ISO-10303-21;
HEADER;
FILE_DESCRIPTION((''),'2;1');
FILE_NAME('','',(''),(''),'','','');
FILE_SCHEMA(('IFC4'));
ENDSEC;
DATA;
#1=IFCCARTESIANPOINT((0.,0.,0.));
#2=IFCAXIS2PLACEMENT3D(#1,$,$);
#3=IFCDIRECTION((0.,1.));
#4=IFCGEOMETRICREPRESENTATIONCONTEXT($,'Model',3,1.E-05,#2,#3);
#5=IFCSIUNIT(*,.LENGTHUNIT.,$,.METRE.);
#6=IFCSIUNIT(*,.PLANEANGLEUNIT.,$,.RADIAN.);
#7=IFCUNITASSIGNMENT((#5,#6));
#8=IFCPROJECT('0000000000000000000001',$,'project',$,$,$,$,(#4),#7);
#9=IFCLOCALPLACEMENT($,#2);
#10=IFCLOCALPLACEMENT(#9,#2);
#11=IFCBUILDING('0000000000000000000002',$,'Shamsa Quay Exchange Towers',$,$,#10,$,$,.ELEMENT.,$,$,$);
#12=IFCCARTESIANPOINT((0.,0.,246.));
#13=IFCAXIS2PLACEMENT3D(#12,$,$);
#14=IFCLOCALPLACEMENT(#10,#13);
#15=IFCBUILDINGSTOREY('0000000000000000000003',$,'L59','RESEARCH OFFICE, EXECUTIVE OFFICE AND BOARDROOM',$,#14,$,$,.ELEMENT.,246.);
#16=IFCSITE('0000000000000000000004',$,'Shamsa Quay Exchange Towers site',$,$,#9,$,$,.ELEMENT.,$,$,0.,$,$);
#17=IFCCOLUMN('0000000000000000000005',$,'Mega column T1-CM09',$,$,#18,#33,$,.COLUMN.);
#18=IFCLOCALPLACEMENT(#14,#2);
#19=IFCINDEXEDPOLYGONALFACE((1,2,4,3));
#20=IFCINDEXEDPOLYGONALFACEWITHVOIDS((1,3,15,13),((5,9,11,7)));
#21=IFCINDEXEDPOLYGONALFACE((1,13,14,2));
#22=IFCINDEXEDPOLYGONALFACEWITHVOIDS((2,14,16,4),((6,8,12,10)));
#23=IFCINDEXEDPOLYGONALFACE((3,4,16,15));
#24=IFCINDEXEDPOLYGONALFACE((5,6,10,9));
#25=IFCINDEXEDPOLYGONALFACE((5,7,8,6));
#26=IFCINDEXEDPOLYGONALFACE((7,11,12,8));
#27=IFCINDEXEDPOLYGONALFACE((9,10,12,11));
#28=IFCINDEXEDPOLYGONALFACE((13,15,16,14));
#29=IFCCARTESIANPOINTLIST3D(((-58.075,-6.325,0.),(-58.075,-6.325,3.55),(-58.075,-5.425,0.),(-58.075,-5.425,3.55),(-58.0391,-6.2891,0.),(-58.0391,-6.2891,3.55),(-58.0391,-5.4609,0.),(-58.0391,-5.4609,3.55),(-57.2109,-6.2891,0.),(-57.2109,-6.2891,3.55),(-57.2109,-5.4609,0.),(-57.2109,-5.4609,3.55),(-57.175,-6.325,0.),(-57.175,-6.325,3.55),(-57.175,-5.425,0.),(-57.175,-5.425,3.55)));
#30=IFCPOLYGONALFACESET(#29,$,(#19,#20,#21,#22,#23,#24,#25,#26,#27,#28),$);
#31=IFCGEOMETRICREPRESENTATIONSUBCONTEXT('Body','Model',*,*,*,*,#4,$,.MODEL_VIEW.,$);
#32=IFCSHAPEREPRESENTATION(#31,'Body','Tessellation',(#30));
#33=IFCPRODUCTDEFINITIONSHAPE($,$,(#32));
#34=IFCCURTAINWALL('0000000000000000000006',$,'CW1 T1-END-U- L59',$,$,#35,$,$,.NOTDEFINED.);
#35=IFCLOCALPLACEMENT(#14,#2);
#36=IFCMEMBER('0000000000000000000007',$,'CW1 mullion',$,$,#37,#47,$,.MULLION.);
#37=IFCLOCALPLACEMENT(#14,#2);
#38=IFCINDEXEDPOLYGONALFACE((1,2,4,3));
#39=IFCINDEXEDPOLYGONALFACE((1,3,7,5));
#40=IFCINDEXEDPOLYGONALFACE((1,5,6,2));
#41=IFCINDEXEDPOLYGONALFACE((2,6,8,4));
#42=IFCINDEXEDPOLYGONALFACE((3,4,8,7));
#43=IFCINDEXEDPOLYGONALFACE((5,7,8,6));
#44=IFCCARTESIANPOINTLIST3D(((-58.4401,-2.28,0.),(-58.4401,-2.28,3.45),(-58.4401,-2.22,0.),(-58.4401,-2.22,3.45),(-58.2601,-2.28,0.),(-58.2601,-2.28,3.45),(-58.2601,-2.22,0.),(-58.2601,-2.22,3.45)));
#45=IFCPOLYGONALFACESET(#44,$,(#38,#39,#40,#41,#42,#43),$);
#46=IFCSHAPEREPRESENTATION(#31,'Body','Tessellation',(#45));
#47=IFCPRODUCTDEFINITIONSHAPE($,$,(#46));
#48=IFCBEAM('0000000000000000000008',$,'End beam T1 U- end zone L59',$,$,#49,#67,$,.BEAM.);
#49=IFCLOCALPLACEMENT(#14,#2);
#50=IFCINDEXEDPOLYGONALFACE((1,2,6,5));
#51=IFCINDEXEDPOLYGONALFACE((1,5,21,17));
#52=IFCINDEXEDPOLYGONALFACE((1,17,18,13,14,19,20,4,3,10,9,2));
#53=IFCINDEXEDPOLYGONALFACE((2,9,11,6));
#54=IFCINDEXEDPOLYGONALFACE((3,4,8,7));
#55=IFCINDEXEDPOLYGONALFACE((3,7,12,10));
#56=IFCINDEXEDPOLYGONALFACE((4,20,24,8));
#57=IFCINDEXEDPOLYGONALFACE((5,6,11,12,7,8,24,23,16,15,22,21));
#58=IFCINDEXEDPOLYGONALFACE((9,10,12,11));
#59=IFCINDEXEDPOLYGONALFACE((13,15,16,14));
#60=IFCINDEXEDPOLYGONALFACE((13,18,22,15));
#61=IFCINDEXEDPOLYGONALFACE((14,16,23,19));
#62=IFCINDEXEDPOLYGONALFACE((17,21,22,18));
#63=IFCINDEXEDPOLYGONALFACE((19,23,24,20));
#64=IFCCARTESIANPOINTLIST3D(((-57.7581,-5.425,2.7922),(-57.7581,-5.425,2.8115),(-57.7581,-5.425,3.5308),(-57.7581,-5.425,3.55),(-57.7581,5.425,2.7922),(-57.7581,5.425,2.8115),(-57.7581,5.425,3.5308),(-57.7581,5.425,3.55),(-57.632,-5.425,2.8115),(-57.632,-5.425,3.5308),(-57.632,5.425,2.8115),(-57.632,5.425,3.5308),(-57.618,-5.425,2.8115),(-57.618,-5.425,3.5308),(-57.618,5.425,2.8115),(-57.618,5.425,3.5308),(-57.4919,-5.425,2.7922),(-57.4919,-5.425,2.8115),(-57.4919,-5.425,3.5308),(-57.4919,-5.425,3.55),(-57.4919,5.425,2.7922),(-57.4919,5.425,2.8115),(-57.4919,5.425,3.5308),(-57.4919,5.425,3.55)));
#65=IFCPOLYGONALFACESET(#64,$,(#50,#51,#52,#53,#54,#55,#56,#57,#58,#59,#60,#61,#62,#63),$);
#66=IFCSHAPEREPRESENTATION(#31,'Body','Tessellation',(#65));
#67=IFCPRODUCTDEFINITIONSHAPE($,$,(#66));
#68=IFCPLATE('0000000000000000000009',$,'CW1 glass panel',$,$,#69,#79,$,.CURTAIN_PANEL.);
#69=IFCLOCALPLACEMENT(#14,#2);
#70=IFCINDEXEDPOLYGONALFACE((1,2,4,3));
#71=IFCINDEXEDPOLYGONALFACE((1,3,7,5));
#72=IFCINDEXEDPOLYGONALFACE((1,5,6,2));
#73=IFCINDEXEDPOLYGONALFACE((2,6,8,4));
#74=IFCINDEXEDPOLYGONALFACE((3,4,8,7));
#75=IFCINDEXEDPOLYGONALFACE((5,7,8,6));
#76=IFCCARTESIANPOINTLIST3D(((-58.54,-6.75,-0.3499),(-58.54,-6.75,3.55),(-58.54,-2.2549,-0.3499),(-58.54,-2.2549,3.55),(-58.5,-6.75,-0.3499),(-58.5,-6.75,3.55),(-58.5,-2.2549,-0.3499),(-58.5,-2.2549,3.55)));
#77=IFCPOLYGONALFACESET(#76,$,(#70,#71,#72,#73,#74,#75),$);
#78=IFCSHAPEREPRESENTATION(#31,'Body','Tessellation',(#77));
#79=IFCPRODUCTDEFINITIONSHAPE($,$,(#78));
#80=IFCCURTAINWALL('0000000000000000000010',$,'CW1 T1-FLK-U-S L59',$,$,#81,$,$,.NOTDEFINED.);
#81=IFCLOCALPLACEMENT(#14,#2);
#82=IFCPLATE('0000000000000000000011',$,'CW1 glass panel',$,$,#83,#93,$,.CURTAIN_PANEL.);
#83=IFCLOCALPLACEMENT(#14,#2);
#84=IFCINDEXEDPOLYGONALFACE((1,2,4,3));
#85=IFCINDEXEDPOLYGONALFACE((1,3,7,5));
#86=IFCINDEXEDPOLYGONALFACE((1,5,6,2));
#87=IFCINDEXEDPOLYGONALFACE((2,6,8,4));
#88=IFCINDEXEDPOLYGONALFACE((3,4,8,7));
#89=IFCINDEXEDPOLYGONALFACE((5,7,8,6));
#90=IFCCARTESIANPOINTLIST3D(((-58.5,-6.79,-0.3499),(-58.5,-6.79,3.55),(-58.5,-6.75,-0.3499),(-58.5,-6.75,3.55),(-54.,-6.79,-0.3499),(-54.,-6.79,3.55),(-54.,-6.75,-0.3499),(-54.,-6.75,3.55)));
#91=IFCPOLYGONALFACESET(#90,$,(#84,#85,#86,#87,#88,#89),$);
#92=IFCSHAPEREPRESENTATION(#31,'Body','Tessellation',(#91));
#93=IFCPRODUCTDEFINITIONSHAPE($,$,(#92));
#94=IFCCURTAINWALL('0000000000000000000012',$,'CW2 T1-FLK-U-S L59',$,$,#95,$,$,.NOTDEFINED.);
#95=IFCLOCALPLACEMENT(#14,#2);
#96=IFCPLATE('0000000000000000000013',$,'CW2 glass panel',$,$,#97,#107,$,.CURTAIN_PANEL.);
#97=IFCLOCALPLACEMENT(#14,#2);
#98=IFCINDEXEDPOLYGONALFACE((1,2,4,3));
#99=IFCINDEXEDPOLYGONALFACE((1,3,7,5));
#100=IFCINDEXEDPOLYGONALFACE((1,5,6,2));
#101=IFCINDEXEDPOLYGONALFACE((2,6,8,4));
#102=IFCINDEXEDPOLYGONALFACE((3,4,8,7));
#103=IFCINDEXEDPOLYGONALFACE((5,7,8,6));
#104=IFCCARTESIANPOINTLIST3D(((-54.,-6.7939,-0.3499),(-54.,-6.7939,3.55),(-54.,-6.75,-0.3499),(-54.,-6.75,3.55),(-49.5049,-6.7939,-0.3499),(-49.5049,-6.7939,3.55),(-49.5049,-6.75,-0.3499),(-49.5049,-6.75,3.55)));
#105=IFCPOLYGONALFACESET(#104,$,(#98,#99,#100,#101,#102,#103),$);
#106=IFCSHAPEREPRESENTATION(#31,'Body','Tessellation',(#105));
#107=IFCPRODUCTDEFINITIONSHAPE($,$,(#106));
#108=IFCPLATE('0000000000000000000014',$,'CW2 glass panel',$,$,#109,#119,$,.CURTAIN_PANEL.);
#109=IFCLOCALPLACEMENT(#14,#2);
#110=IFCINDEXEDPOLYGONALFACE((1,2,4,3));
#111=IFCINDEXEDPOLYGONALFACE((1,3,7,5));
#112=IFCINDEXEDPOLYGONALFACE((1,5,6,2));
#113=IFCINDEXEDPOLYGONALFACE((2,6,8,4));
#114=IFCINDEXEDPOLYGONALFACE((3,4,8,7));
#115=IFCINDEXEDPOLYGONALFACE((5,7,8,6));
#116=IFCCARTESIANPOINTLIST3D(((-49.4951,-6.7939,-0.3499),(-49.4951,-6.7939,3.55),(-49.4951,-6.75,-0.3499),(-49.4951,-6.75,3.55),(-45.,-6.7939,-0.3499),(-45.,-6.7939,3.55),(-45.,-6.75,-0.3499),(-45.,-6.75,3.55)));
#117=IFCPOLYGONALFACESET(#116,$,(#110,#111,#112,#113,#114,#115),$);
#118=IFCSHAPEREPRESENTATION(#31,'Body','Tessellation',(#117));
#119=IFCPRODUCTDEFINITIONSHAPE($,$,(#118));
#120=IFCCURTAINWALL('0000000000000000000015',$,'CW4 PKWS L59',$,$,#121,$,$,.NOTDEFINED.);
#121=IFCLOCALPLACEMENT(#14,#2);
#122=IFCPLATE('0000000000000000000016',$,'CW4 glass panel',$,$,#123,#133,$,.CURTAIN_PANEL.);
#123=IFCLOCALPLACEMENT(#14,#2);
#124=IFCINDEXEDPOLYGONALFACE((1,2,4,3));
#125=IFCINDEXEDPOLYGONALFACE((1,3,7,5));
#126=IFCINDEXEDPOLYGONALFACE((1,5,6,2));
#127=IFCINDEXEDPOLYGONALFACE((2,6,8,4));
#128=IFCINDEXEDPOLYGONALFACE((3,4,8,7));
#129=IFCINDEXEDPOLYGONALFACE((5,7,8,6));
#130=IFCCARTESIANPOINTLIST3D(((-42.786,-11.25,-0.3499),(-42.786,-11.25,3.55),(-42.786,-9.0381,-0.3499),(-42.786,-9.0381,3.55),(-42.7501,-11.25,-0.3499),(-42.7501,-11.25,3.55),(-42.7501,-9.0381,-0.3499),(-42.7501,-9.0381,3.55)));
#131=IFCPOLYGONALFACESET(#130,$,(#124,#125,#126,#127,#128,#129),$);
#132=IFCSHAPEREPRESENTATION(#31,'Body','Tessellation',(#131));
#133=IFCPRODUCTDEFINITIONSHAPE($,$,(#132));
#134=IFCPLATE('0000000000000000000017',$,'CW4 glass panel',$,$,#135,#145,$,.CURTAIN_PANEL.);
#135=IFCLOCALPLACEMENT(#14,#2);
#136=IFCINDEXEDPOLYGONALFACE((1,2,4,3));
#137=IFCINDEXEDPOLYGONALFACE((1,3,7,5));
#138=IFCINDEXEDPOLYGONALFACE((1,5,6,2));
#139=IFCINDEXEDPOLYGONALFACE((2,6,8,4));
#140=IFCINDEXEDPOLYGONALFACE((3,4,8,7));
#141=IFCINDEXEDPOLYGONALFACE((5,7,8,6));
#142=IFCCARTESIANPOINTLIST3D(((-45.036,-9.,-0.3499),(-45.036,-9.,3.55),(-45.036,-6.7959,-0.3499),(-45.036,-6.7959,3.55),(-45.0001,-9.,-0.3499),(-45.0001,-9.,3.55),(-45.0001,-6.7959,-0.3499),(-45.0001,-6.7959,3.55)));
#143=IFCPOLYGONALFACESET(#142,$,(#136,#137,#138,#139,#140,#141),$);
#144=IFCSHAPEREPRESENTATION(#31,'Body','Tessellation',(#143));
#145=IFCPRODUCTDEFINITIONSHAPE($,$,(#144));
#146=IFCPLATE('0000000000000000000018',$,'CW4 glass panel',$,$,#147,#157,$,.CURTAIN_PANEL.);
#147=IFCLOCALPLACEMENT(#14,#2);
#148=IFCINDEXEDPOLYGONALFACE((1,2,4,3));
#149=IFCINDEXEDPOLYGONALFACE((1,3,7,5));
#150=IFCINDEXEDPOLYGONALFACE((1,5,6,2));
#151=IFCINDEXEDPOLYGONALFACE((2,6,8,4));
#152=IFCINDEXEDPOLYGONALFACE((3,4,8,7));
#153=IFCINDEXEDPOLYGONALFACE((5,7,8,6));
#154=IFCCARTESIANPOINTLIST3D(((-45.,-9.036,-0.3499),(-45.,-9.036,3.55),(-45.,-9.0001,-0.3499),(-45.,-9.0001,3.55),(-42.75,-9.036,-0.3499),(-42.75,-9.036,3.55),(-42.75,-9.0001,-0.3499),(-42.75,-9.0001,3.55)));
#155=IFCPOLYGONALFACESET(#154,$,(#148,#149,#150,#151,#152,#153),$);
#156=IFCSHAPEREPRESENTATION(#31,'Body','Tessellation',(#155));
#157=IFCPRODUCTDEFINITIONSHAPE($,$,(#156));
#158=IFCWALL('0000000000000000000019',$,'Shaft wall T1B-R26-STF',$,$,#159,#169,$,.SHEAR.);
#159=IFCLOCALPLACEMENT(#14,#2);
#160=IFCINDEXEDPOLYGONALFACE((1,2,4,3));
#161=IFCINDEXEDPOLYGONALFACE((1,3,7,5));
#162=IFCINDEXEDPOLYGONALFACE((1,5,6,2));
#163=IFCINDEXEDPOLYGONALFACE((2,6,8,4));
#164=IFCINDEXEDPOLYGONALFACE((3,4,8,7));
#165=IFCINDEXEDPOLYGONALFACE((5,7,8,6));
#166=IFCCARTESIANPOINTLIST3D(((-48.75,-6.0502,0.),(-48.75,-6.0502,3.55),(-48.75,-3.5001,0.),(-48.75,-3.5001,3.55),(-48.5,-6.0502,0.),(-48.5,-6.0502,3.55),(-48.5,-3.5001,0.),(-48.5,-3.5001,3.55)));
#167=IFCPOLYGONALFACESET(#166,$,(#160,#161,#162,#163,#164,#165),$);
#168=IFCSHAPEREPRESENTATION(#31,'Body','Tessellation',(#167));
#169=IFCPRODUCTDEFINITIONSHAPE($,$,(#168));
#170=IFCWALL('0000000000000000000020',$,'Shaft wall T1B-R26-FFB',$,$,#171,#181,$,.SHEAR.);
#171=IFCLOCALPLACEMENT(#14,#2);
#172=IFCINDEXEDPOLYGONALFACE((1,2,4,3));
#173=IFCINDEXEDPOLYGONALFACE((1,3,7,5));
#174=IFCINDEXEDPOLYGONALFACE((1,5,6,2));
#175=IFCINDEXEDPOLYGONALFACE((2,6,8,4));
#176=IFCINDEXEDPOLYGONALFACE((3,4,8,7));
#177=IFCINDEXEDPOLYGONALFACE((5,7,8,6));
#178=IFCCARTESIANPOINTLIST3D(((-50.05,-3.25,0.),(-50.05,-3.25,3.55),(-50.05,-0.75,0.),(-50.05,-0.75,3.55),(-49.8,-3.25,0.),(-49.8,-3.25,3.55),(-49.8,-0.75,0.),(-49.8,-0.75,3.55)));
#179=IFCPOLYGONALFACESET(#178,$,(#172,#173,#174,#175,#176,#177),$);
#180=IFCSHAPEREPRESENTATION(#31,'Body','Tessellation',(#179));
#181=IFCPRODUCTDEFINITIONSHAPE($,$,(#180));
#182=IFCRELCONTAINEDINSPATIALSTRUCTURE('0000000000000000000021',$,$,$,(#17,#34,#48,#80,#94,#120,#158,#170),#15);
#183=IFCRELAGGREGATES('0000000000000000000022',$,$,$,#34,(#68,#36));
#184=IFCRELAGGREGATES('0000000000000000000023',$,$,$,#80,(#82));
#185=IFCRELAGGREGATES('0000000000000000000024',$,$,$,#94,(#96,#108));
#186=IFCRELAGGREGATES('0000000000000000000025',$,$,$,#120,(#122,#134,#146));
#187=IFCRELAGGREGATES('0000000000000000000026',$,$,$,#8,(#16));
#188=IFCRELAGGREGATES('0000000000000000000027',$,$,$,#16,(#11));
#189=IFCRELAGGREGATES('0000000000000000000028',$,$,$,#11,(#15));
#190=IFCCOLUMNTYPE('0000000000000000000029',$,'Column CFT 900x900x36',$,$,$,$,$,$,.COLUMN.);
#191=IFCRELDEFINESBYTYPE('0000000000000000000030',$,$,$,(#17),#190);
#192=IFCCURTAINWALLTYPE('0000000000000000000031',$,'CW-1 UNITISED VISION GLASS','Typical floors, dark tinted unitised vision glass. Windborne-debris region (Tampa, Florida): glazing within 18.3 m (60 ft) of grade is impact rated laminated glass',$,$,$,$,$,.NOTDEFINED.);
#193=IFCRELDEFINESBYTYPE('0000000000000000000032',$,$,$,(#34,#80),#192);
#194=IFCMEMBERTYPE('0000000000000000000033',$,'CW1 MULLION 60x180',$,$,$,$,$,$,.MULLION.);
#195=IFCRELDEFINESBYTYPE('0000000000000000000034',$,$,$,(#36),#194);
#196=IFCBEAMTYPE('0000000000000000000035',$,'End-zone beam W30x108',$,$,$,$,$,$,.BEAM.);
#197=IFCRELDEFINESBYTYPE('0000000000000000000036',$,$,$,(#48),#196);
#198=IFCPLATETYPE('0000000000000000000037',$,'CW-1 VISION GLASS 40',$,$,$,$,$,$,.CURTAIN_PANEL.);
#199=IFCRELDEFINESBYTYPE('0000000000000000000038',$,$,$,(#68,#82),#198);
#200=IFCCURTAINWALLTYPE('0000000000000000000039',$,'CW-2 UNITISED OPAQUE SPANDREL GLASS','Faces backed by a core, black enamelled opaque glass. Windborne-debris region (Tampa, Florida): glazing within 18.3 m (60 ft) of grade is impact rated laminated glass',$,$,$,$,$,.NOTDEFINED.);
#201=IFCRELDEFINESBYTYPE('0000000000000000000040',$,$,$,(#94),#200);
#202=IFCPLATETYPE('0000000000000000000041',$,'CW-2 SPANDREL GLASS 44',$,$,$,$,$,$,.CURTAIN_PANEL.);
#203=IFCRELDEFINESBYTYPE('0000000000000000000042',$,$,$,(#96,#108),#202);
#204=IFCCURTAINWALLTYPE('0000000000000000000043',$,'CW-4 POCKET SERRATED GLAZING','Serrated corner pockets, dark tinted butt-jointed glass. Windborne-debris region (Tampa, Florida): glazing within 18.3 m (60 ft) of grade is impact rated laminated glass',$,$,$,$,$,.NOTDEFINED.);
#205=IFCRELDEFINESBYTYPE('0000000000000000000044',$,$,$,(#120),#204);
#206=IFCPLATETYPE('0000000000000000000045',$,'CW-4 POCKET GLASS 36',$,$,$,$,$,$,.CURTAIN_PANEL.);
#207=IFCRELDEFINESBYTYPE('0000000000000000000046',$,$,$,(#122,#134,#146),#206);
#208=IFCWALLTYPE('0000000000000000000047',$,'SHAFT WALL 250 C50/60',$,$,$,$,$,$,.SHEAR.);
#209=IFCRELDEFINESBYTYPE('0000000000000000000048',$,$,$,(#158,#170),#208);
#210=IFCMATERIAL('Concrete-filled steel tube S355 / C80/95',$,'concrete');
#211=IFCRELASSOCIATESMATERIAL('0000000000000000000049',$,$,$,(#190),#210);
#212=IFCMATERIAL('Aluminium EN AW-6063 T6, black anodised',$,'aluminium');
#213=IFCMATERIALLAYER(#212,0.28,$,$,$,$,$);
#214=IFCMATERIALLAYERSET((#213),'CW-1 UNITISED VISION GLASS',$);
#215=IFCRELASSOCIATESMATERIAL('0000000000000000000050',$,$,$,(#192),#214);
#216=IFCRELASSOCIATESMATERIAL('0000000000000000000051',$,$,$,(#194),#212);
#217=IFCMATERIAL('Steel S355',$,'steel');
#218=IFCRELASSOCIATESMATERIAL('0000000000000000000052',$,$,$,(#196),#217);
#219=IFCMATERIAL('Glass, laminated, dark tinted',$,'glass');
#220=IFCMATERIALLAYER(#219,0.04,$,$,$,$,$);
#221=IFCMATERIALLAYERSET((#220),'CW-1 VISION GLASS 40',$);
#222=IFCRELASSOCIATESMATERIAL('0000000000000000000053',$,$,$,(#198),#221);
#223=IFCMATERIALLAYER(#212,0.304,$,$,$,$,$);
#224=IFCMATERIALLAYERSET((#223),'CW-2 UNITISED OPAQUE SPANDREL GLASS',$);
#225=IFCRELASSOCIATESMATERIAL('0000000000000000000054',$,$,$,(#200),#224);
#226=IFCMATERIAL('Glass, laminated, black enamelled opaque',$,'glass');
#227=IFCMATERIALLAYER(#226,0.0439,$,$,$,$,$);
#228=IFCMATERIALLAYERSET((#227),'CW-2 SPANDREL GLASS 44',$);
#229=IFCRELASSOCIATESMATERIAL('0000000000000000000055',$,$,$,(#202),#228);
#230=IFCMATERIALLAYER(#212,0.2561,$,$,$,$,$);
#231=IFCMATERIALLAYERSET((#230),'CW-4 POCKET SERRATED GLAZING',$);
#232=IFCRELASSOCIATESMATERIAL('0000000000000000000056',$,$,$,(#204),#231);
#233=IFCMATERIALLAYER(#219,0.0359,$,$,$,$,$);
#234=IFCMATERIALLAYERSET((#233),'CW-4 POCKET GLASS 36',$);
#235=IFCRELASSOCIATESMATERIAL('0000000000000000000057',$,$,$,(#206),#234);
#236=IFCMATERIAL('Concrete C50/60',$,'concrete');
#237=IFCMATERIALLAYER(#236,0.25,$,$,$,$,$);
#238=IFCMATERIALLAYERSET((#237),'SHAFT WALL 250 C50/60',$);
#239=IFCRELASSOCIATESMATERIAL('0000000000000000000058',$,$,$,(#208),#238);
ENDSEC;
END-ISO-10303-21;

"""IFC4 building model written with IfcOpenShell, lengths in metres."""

from ifc_helpers import new_model, si_unit, direction, frame, frame_2d, origin, origin_2d, place, context, subcontext, project, spatial, rectangle, hollow_rectangle, i_section, extrude, material, layer, layer_set, material_profile, profile_set, type_object, element, aggregate, save


model = new_model("IFC4")

# Units and contexts
model_context = context("Model", 3, precision=1e-05, world=origin(), true_north=direction((0.0, 1.0)))
body_context = subcontext(model_context, "Body", "Model", "MODEL_VIEW")
ifc_project = project(units=[si_unit("LENGTHUNIT", "METRE"), si_unit("PLANEANGLEUNIT", "RADIAN")], contexts=[model_context])

# Site, building, storey
site_placement = place(None, origin())
site = spatial("IfcSite", under=ifc_project, at=site_placement, Name="Shamsa Quay Exchange Towers site", CompositionType="ELEMENT", RefElevation=0.0)
building_placement = place(site_placement, origin())
building = spatial("IfcBuilding", under=site, at=building_placement, Name="Shamsa Quay Exchange Towers", CompositionType="ELEMENT")
storey_placement = place(building_placement, frame((0.0, 0.0, 246.0)))
storey = spatial("IfcBuildingStorey", under=building, at=storey_placement, Name="L59", Description="RESEARCH OFFICE, EXECUTIVE OFFICE AND BOARDROOM", CompositionType="ELEMENT", Elevation=246.0)

# Column
ifc_material_1 = material(Name="Concrete-filled steel tube S355 / C80/95", Category="concrete")
ifc_material_profile_1 = material_profile(ifc_material_1, hollow_rectangle(XDim=0.8999, YDim=0.8999, WallThickness=0.0359, at=origin_2d()), Name="CFT 900x900x36")
ifc_profile_set_1 = profile_set([ifc_material_profile_1], Name="Concrete-filled steel tube S355 / C80/95")
column_type = type_object("IfcColumnType", Name="Column CFT 900x900x36", PredefinedType="COLUMN", material=ifc_profile_set_1)
column_placement = place(storey_placement, frame((-57.625, -5.875, 0.0)))
element("IfcColumn", 1, at=column_placement, inside=storey, type_object=column_type, Name="Mega column T1-CM09", PredefinedType="COLUMN", context=body_context, shape_type="SweptSolid", body=[
    extrude(hollow_rectangle(XDim=0.8999, YDim=0.8999, WallThickness=0.0359, at=origin_2d()), origin(), (0.0, 0.0, 1.0), 3.55),
])

# Curtain wall, member
ifc_material_2 = material(Name="Aluminium EN AW-6063 T6, black anodised", Category="aluminium")
ifc_layer_1 = layer(ifc_material_2, 0.28)
ifc_layer_set_1 = layer_set([ifc_layer_1], Name="CW-1 UNITISED VISION GLASS")
curtain_wall_type_1 = type_object("IfcCurtainWallType", Name="CW-1 UNITISED VISION GLASS", Description="Typical floors, dark tinted unitised vision glass. Windborne-debris region (Tampa, Florida): glazing within 18.3 m (60 ft) of grade is impact rated laminated glass", PredefinedType="NOTDEFINED", material=ifc_layer_set_1)
curtain_wall_1_placement = place(storey_placement, origin())
curtain_wall_1 = element("IfcCurtainWall", 2, at=curtain_wall_1_placement, inside=storey, type_object=curtain_wall_type_1, Name="CW1 T1-END-U- L59", PredefinedType="NOTDEFINED")
ifc_material_profile_2 = material_profile(ifc_material_2, rectangle(XDim=0.1799, YDim=0.0601, at=origin_2d()), Name="MU60x180")
ifc_profile_set_2 = profile_set([ifc_material_profile_2], Name="Aluminium EN AW-6063 T6, black anodised")
member_type = type_object("IfcMemberType", Name="CW1 MULLION 60x180", PredefinedType="MULLION", material=ifc_profile_set_2)
member_placement = place(storey_placement, frame((-58.3501, -2.25, 0.0)))
member = element("IfcMember", 3, at=member_placement, type_object=member_type, Name="CW1 mullion", PredefinedType="MULLION", context=body_context, shape_type="SweptSolid", body=[
    extrude(rectangle(XDim=0.1799, YDim=0.0601, at=origin_2d()), origin(), (0.0, 0.0, 1.0), 3.45),
])

# Beam
ifc_material_3 = material(Name="Steel S355", Category="steel")
ifc_material_profile_3 = material_profile(ifc_material_3, i_section(OverallWidth=0.2661, OverallDepth=0.7578, WebThickness=0.0139, FlangeThickness=0.0193, at=origin_2d()), Name="W30x108")
ifc_profile_set_3 = profile_set([ifc_material_profile_3], Name="Steel S355")
beam_type = type_object("IfcBeamType", Name="End-zone beam W30x108", PredefinedType="BEAM", material=ifc_profile_set_3)
beam_placement = place(storey_placement, frame((-57.625, -5.425, 3.1711), z_axis=(0.0, 1.0, 0.0), x_axis=(-1.0, 0.0, 0.0)))
element("IfcBeam", 4, at=beam_placement, inside=storey, type_object=beam_type, Name="End beam T1 U- end zone L59", PredefinedType="BEAM", context=body_context, shape_type="SweptSolid", body=[
    extrude(i_section(OverallWidth=0.2661, OverallDepth=0.7578, WebThickness=0.0139, FlangeThickness=0.0193, at=origin_2d()), origin(), (0.0, 0.0, 1.0), 10.8501),
])

# Plate
ifc_material_4 = material(Name="Glass, laminated, dark tinted", Category="glass")
ifc_layer_2 = layer(ifc_material_4, 0.04)
ifc_layer_set_2 = layer_set([ifc_layer_2], Name="CW-1 VISION GLASS 40")
plate_type_1 = type_object("IfcPlateType", Name="CW-1 VISION GLASS 40", PredefinedType="CURTAIN_PANEL", material=ifc_layer_set_2)
plate_1_placement = place(storey_placement, frame((-58.52, -4.5024, -0.3499), z_axis=(0.0, 0.0, 1.0), x_axis=(0.0, -1.0, 0.0)))
plate_1 = element("IfcPlate", 5, at=plate_1_placement, type_object=plate_type_1, Name="CW1 glass panel", PredefinedType="CURTAIN_PANEL", context=body_context, shape_type="SweptSolid", body=[
    extrude(rectangle(XDim=4.4951, YDim=0.04, at=origin_2d()), origin(), (0.0, 0.0, 1.0), 3.8999),
])
aggregate(curtain_wall_1, [plate_1, member])

# Curtain wall, plate
curtain_wall_2_placement = place(storey_placement, origin())
curtain_wall_2 = element("IfcCurtainWall", 6, at=curtain_wall_2_placement, inside=storey, type_object=curtain_wall_type_1, Name="CW1 T1-FLK-U-S L59", PredefinedType="NOTDEFINED")
plate_2_placement = place(storey_placement, frame((-56.25, -6.77, -0.3499)))
plate_2 = element("IfcPlate", 7, at=plate_2_placement, type_object=plate_type_1, Name="CW1 glass panel", PredefinedType="CURTAIN_PANEL", context=body_context, shape_type="SweptSolid", body=[
    extrude(rectangle(XDim=4.5, YDim=0.04, at=origin_2d()), origin(), (0.0, 0.0, 1.0), 3.8999),
])
aggregate(curtain_wall_2, [plate_2])

# Curtain walls, plates
ifc_layer_3 = layer(ifc_material_2, 0.304)
ifc_layer_set_3 = layer_set([ifc_layer_3], Name="CW-2 UNITISED OPAQUE SPANDREL GLASS")
curtain_wall_type_2 = type_object("IfcCurtainWallType", Name="CW-2 UNITISED OPAQUE SPANDREL GLASS", Description="Faces backed by a core, black enamelled opaque glass. Windborne-debris region (Tampa, Florida): glazing within 18.3 m (60 ft) of grade is impact rated laminated glass", PredefinedType="NOTDEFINED", material=ifc_layer_set_3)
curtain_wall_3_placement = place(storey_placement, origin())
curtain_wall_3 = element("IfcCurtainWall", 8, at=curtain_wall_3_placement, inside=storey, type_object=curtain_wall_type_2, Name="CW2 T1-FLK-U-S L59", PredefinedType="NOTDEFINED")
ifc_material_5 = material(Name="Glass, laminated, black enamelled opaque", Category="glass")
ifc_layer_4 = layer(ifc_material_5, 0.0439)
ifc_layer_set_4 = layer_set([ifc_layer_4], Name="CW-2 SPANDREL GLASS 44")
plate_type_2 = type_object("IfcPlateType", Name="CW-2 SPANDREL GLASS 44", PredefinedType="CURTAIN_PANEL", material=ifc_layer_set_4)
plate_3_placement = place(storey_placement, frame((-51.7524, -6.772, -0.3499)))
plate_3 = element("IfcPlate", 9, at=plate_3_placement, type_object=plate_type_2, Name="CW2 glass panel", PredefinedType="CURTAIN_PANEL", context=body_context, shape_type="SweptSolid", body=[
    extrude(rectangle(XDim=4.4951, YDim=0.0439, at=origin_2d()), origin(), (0.0, 0.0, 1.0), 3.8999),
])
plate_4_placement = place(storey_placement, frame((-47.2476, -6.772, -0.3499)))
plate_4 = element("IfcPlate", 10, at=plate_4_placement, type_object=plate_type_2, Name="CW2 glass panel", PredefinedType="CURTAIN_PANEL", context=body_context, shape_type="SweptSolid", body=[
    extrude(rectangle(XDim=4.4951, YDim=0.0439, at=origin_2d()), origin(), (0.0, 0.0, 1.0), 3.8999),
])
aggregate(curtain_wall_3, [plate_3, plate_4])
ifc_layer_5 = layer(ifc_material_2, 0.2561)
ifc_layer_set_5 = layer_set([ifc_layer_5], Name="CW-4 POCKET SERRATED GLAZING")
curtain_wall_type_3 = type_object("IfcCurtainWallType", Name="CW-4 POCKET SERRATED GLAZING", Description="Serrated corner pockets, dark tinted butt-jointed glass. Windborne-debris region (Tampa, Florida): glazing within 18.3 m (60 ft) of grade is impact rated laminated glass", PredefinedType="NOTDEFINED", material=ifc_layer_set_5)
curtain_wall_4_placement = place(storey_placement, origin())
curtain_wall_4 = element("IfcCurtainWall", 11, at=curtain_wall_4_placement, inside=storey, type_object=curtain_wall_type_3, Name="CW4 PKWS L59", PredefinedType="NOTDEFINED")
ifc_layer_6 = layer(ifc_material_4, 0.0359)
ifc_layer_set_6 = layer_set([ifc_layer_6], Name="CW-4 POCKET GLASS 36")
plate_type_3 = type_object("IfcPlateType", Name="CW-4 POCKET GLASS 36", PredefinedType="CURTAIN_PANEL", material=ifc_layer_set_6)
plate_5_placement = place(storey_placement, frame((-42.7681, -10.144, -0.3499), z_axis=(0.0, 0.0, 1.0), x_axis=(0.0, -1.0, 0.0)))
plate_5 = element("IfcPlate", 12, at=plate_5_placement, type_object=plate_type_3, Name="CW4 glass panel", PredefinedType="CURTAIN_PANEL", context=body_context, shape_type="SweptSolid", body=[
    extrude(rectangle(XDim=2.2119, YDim=0.0359, at=origin_2d()), origin(), (0.0, 0.0, 1.0), 3.8999),
])
plate_6_placement = place(storey_placement, frame((-45.0181, -7.8979, -0.3499), z_axis=(0.0, 0.0, 1.0), x_axis=(0.0, -1.0, 0.0)))
plate_6 = element("IfcPlate", 13, at=plate_6_placement, type_object=plate_type_3, Name="CW4 glass panel", PredefinedType="CURTAIN_PANEL", context=body_context, shape_type="SweptSolid", body=[
    extrude(rectangle(XDim=2.2041, YDim=0.0359, at=origin_2d()), origin(), (0.0, 0.0, 1.0), 3.8999),
])
plate_7_placement = place(storey_placement, frame((-43.875, -9.0181, -0.3499)))
plate_7 = element("IfcPlate", 14, at=plate_7_placement, type_object=plate_type_3, Name="CW4 glass panel", PredefinedType="CURTAIN_PANEL", context=body_context, shape_type="SweptSolid", body=[
    extrude(rectangle(XDim=2.25, YDim=0.0359, at=origin_2d()), origin(), (0.0, 0.0, 1.0), 3.8999),
])
aggregate(curtain_wall_4, [plate_5, plate_6, plate_7])

# Wall
ifc_material_6 = material(Name="Concrete C50/60", Category="concrete")
ifc_layer_7 = layer(ifc_material_6, 0.25)
ifc_layer_set_7 = layer_set([ifc_layer_7], Name="SHAFT WALL 250 C50/60")
wall_type_1 = type_object("IfcWallType", Name="SHAFT WALL 250 C50/60", PredefinedType="SHEAR", material=ifc_layer_set_7)
wall_1_placement = place(storey_placement, frame((-48.625, -6.05, 0.0), z_axis=(0.0, 0.0, 1.0), x_axis=(0.0, 1.0, 0.0)))
element("IfcWall", 15, at=wall_1_placement, inside=storey, type_object=wall_type_1, Name="Shaft wall T1B-R26-STF", PredefinedType="SHEAR", context=body_context, shape_type="SweptSolid", body=[
    extrude(rectangle(XDim=2.55, YDim=0.25, at=frame_2d((1.2749, 0.0))), origin(), (0.0, 0.0, 1.0), 3.55),
])

# Wall
wall_2_placement = place(storey_placement, frame((-49.925, -3.25, 0.0), z_axis=(0.0, 0.0, 1.0), x_axis=(0.0, 1.0, 0.0)))
element("IfcWall", 16, at=wall_2_placement, inside=storey, type_object=wall_type_1, Name="Shaft wall T1B-R26-FFB", PredefinedType="SHEAR", context=body_context, shape_type="SweptSolid", body=[
    extrude(rectangle(XDim=2.5, YDim=0.25, at=frame_2d((1.25, 0.0))), origin(), (0.0, 0.0, 1.0), 3.55),
])

save(model, "model.ifc")
